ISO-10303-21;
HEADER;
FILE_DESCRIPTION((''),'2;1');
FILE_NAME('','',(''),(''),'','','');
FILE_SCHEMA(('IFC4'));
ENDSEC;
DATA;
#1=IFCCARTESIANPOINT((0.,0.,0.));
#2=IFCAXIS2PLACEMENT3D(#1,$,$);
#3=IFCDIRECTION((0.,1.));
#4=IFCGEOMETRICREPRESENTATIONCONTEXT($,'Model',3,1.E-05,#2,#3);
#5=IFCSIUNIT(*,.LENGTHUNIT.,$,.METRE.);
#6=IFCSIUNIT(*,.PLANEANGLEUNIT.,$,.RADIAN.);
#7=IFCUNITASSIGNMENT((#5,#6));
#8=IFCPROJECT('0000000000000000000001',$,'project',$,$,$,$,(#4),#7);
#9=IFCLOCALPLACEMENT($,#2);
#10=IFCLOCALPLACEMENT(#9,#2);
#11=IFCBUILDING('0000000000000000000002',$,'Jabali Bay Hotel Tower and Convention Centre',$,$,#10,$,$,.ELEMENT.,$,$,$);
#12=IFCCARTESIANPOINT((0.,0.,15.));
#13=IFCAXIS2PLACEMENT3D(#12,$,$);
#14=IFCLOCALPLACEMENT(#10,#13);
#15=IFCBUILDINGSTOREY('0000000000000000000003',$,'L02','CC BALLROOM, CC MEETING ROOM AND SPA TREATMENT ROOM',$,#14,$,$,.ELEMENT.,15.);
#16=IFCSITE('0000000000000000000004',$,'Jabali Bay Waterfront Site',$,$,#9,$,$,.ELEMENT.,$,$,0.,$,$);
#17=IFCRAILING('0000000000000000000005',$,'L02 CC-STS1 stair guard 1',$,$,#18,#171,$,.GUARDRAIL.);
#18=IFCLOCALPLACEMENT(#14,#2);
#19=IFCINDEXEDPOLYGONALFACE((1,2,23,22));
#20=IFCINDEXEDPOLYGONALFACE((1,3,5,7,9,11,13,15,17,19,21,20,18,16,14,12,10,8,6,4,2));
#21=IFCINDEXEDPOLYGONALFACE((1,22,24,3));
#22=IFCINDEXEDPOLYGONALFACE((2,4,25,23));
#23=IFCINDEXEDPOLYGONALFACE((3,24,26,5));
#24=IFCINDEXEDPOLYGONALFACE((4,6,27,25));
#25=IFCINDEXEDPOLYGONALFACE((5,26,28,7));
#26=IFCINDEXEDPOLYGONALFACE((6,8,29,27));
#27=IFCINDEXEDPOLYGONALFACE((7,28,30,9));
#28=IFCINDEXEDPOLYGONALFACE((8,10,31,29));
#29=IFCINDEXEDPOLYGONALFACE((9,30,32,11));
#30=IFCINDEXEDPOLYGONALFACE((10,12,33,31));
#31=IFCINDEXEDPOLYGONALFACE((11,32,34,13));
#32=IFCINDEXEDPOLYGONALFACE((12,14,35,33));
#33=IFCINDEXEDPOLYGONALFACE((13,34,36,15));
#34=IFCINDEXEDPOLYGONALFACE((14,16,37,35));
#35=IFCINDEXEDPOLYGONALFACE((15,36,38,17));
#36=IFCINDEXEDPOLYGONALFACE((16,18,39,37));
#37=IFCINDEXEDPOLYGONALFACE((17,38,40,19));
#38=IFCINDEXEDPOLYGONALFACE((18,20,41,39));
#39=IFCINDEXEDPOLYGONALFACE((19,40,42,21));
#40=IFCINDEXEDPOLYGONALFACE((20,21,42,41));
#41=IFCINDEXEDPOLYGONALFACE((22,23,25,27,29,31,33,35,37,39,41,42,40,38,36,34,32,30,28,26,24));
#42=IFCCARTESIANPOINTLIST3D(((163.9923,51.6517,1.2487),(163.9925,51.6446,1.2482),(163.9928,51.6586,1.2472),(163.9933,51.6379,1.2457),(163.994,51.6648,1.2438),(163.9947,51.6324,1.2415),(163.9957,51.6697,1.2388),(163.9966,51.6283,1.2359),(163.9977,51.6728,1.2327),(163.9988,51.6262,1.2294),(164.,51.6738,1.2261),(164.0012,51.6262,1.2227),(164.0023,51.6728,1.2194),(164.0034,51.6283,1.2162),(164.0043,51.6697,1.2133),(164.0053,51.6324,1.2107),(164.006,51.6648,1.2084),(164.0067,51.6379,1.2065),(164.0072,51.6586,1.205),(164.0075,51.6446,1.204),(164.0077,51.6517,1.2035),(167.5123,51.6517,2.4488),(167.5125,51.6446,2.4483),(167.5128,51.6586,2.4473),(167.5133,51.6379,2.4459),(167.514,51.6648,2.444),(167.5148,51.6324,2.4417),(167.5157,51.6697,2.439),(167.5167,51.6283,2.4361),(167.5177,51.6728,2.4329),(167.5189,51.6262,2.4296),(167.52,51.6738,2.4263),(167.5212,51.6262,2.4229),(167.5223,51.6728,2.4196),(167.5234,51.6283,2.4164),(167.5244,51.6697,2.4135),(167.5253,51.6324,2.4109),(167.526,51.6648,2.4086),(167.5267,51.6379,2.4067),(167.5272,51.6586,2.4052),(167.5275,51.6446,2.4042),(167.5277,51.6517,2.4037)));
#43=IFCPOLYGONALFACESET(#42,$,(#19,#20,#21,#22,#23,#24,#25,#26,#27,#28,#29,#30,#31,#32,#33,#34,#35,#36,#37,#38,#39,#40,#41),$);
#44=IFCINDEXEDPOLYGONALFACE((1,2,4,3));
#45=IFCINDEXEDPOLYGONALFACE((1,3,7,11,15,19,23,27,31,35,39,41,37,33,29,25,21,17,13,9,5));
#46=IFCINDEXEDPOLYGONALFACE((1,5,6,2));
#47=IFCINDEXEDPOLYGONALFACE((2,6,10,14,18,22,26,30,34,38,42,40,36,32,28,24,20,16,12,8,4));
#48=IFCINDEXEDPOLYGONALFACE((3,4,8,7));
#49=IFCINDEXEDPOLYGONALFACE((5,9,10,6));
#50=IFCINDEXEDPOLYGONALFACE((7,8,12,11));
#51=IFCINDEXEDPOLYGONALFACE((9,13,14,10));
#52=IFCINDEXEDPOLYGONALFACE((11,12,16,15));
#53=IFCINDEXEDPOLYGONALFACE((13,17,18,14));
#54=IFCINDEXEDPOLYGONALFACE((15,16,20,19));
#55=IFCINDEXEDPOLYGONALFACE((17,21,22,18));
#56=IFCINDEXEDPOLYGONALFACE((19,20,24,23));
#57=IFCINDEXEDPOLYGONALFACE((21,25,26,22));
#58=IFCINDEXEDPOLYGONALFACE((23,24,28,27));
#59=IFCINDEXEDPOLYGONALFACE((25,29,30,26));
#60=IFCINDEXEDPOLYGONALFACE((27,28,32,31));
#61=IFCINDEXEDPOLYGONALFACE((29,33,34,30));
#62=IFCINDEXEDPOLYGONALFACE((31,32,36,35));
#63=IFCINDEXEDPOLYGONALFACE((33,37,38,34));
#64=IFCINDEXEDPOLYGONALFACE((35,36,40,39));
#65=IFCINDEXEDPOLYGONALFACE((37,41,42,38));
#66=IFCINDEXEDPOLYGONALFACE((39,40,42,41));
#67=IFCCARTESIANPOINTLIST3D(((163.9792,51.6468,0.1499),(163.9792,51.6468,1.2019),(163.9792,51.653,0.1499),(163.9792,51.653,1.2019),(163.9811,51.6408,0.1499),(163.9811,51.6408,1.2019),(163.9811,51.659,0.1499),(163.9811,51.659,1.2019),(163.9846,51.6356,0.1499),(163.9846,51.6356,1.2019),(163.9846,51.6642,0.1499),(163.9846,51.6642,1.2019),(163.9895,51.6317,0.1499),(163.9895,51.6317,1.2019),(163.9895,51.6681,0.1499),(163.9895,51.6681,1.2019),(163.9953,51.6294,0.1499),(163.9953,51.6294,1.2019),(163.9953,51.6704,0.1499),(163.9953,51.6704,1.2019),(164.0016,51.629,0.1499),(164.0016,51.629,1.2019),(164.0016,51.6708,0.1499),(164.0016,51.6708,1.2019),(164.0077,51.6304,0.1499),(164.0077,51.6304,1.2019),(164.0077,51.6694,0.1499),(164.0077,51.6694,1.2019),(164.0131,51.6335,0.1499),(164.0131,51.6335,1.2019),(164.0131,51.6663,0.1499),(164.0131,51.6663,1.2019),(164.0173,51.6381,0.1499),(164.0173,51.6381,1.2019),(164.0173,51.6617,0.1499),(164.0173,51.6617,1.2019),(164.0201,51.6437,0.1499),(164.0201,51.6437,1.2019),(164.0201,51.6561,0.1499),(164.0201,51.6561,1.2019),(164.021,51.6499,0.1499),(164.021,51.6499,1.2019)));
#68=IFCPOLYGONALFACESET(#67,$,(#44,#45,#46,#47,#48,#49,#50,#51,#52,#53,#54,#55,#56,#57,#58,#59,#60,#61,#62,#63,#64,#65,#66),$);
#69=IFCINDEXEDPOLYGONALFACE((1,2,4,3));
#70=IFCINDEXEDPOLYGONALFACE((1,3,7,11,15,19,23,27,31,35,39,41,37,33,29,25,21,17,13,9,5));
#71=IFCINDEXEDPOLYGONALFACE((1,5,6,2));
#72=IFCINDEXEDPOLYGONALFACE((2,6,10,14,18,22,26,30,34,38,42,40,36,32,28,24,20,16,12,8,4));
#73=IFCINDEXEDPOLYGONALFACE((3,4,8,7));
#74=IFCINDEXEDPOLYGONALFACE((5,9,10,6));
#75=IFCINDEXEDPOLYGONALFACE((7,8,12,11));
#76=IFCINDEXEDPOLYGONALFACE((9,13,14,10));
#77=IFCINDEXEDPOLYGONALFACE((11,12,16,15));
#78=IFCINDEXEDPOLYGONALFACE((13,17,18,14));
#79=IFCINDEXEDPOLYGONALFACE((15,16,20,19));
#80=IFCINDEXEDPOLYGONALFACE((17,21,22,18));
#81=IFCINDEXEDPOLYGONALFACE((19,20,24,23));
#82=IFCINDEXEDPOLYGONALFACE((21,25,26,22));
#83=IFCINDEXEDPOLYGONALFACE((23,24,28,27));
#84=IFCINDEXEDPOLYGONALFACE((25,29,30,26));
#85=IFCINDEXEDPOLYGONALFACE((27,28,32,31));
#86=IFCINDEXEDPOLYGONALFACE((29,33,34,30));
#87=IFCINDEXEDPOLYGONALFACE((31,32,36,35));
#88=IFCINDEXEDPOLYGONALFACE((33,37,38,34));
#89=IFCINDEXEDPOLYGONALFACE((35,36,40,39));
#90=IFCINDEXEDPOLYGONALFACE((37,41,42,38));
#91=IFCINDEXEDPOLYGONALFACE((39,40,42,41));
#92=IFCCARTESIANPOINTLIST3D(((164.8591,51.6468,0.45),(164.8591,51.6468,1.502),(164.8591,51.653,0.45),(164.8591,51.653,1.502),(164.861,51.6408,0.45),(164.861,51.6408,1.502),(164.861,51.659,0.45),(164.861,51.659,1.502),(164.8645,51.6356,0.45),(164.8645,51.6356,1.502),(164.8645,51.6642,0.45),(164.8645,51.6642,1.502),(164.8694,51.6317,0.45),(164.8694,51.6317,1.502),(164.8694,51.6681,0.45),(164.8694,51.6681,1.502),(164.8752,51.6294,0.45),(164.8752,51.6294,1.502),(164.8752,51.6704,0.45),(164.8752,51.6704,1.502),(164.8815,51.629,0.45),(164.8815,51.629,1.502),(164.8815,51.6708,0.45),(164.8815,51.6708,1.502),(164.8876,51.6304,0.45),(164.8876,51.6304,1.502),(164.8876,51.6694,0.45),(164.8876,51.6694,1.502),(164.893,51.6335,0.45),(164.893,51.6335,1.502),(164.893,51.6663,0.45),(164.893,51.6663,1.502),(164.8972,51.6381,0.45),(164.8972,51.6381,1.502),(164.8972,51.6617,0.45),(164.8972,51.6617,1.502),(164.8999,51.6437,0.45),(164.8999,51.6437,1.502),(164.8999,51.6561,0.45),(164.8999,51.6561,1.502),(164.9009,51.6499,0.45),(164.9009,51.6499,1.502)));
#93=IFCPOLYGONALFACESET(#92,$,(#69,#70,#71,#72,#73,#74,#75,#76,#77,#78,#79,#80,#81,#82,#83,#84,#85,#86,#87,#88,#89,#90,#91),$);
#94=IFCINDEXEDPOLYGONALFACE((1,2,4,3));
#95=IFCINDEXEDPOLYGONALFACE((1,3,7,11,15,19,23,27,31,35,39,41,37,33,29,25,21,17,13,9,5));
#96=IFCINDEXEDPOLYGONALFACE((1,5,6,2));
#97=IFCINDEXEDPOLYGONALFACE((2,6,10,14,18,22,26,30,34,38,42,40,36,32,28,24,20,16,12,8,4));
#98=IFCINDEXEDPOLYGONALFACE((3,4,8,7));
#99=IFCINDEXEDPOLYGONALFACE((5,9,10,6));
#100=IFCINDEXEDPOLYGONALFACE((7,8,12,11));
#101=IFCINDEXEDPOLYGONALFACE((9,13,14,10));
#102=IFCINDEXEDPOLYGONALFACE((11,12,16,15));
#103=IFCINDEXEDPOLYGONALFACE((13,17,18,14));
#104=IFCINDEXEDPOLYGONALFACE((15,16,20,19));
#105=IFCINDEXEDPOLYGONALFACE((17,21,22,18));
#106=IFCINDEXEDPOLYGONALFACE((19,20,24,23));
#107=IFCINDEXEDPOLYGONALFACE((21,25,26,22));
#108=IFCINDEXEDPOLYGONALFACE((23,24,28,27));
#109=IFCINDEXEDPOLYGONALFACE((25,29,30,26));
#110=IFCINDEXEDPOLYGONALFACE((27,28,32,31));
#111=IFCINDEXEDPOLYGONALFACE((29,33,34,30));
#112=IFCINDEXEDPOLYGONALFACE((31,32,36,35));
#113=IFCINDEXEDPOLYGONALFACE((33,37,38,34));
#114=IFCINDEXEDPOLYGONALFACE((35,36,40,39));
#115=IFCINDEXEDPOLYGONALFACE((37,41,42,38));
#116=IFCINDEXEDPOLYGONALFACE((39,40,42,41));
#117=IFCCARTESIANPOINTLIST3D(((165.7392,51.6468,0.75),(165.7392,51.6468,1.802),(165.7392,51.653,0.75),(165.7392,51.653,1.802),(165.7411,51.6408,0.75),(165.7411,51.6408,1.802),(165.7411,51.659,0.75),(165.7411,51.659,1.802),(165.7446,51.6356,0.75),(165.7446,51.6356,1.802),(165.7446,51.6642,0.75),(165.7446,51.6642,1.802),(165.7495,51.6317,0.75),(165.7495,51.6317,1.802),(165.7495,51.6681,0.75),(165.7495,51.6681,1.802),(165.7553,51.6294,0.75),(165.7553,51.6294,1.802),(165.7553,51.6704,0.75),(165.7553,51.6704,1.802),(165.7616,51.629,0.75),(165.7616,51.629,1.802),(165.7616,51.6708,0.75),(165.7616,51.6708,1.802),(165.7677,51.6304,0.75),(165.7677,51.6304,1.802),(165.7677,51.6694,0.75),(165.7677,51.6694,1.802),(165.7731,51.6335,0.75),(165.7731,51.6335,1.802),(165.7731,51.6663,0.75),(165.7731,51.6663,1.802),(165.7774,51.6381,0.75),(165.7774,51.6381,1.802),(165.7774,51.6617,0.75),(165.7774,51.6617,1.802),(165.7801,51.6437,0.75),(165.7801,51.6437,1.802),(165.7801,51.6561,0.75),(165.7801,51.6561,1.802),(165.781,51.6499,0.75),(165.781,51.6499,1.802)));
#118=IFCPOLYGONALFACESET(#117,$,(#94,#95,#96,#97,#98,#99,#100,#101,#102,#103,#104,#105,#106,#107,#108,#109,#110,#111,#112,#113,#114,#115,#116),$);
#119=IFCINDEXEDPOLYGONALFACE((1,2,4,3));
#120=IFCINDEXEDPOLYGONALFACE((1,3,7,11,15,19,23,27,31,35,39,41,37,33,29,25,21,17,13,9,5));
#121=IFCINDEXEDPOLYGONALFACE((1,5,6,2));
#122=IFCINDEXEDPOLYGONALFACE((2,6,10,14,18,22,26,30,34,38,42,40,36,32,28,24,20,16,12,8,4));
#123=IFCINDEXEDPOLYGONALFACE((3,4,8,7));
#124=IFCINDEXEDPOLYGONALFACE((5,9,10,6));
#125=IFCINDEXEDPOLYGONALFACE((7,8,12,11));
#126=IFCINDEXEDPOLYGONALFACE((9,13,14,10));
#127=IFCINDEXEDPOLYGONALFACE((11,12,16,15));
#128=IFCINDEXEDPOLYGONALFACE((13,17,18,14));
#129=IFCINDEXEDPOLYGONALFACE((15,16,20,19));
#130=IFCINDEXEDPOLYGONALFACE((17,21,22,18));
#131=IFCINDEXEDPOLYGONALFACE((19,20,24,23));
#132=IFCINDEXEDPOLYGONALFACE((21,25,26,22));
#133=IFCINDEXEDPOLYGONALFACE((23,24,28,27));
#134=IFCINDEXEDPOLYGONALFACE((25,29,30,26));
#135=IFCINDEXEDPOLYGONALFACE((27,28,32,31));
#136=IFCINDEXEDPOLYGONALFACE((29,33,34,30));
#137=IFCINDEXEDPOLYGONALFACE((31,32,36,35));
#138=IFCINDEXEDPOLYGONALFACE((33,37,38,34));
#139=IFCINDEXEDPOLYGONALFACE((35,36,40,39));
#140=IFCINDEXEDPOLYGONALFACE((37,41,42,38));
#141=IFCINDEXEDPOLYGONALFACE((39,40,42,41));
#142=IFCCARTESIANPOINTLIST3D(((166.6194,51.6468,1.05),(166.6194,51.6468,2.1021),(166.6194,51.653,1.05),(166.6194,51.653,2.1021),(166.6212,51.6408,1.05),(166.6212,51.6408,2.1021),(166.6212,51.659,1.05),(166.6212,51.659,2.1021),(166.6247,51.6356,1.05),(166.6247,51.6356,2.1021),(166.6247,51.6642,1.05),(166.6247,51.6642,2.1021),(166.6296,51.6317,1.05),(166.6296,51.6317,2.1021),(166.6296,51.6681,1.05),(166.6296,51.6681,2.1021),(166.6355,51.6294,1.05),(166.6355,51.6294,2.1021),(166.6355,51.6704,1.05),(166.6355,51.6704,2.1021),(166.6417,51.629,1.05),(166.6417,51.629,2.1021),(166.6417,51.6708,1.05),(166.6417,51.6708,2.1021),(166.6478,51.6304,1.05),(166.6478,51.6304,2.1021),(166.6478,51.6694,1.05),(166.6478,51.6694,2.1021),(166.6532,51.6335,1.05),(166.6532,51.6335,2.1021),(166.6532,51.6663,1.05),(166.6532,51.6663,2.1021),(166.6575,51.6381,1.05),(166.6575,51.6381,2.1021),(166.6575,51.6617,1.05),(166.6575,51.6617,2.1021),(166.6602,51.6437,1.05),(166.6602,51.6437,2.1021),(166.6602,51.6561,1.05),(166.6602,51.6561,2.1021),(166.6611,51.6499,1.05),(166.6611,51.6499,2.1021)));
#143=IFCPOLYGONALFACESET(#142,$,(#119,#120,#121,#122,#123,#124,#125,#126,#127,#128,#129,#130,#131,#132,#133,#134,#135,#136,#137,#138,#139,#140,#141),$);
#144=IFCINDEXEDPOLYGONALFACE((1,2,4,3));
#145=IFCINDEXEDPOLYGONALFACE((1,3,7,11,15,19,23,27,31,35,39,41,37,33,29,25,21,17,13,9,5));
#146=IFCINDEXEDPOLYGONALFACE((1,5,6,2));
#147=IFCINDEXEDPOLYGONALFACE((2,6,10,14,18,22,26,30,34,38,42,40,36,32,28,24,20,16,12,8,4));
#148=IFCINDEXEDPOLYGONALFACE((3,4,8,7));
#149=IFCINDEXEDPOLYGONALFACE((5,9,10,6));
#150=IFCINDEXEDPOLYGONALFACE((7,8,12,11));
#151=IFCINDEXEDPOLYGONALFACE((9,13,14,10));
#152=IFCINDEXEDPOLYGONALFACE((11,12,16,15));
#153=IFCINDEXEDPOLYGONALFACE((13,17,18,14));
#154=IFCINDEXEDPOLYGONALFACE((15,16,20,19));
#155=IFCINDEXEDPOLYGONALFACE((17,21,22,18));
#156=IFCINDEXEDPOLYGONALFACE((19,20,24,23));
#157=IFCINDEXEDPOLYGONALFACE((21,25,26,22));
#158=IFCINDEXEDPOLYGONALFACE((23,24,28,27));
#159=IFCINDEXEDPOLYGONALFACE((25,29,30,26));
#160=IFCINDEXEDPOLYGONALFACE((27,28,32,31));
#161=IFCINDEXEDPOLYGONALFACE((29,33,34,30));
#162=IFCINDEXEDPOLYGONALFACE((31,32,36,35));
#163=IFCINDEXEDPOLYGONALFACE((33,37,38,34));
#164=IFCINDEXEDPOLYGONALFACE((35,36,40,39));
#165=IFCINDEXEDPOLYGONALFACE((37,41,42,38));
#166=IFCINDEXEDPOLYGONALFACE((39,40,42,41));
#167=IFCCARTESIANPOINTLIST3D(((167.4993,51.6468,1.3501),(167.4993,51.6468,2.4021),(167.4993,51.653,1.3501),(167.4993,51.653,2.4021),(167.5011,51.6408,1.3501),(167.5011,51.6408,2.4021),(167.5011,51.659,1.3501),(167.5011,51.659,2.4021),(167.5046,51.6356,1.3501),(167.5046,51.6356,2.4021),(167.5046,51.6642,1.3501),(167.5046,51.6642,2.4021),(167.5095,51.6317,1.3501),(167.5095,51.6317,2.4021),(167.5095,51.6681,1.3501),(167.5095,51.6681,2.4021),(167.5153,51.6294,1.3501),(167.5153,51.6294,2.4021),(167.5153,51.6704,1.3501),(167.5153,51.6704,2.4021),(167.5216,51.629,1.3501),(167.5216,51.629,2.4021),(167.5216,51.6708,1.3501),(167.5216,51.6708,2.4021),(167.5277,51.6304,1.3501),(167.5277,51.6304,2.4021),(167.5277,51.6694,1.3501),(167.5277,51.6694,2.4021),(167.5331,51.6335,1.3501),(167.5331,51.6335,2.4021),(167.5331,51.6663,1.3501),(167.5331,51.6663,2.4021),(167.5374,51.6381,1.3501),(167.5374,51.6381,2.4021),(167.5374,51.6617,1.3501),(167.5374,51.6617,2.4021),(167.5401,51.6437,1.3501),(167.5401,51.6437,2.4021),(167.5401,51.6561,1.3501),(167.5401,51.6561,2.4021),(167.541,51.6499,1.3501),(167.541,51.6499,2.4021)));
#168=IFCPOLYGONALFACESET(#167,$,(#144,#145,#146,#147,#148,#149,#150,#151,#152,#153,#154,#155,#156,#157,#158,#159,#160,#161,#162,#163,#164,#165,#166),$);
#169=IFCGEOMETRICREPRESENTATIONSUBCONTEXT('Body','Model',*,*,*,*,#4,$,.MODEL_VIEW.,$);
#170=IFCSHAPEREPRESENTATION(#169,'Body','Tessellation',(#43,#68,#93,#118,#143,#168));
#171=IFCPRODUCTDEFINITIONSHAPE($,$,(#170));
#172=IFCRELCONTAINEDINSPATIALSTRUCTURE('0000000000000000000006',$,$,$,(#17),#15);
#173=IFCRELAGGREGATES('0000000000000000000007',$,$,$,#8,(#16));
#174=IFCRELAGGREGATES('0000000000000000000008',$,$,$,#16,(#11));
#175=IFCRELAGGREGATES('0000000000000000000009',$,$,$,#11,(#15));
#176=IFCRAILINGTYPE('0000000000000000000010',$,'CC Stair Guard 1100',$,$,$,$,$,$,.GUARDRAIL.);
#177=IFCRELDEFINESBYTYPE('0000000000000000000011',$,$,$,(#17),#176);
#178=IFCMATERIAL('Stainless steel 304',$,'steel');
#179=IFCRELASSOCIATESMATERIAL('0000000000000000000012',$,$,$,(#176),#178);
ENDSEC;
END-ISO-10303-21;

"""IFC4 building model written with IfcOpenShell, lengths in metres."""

from ifc_helpers import new_model, si_unit, direction, frame, origin, origin_2d, place, context, subcontext, project, spatial, circle, extrude, material, type_object, element, save


model = new_model("IFC4")

# Units and contexts
model_context = context("Model", 3, precision=1e-05, world=origin(), true_north=direction((0.0, 1.0)))
body_context = subcontext(model_context, "Body", "Model", "MODEL_VIEW")
ifc_project = project(units=[si_unit("LENGTHUNIT", "METRE"), si_unit("PLANEANGLEUNIT", "RADIAN")], contexts=[model_context])

# Site, building, storey
site_placement = place(None, origin())
site = spatial("IfcSite", under=ifc_project, at=site_placement, Name="Jabali Bay Waterfront Site", CompositionType="ELEMENT", RefElevation=0.0)
building_placement = place(site_placement, origin())
building = spatial("IfcBuilding", under=site, at=building_placement, Name="Jabali Bay Hotel Tower and Convention Centre", CompositionType="ELEMENT")
storey_placement = place(building_placement, frame((0.0, 0.0, 15.0)))
storey = spatial("IfcBuildingStorey", under=building, at=storey_placement, Name="L02", Description="CC BALLROOM, CC MEETING ROOM AND SPA TREATMENT ROOM", CompositionType="ELEMENT", Elevation=15.0)

# Railing
ifc_material_1 = material(Name="Stainless steel 304", Category="steel")
railing_type_1 = type_object("IfcRailingType", Name="CC Stair Guard 1100", PredefinedType="GUARDRAIL", material=ifc_material_1)
railing_1_placement = place(storey_placement, frame((164.0, 51.6499, 0.1499)))
element("IfcRailing", 1, at=railing_1_placement, inside=storey, type_object=railing_type_1, Name="L02 CC-STS1 stair guard 1", PredefinedType="GUARDRAIL", context=body_context, shape_type="SweptSolid", body=[
    extrude(circle(Radius=0.0239, at=origin_2d()), frame((0.0, 0.0, 1.0762), z_axis=(0.946495, 0.0, 0.322719), x_axis=(0.0, 1.0, 0.0)), (0.0, 0.0, 1.0), 3.719),
    extrude(circle(Radius=0.021, at=origin_2d()), origin(), (0.0, 0.0, 1.0), 1.052),
    extrude(circle(Radius=0.021, at=origin_2d()), frame((0.8799, 0.0, 0.3)), (0.0, 0.0, 1.0), 1.052),
    extrude(circle(Radius=0.021, at=origin_2d()), frame((1.76, 0.0, 0.6001)), (0.0, 0.0, 1.0), 1.052),
    extrude(circle(Radius=0.021, at=origin_2d()), frame((2.6401, 0.0, 0.9001)), (0.0, 0.0, 1.0), 1.052),
    extrude(circle(Radius=0.021, at=origin_2d()), frame((3.52, 0.0, 1.2002)), (0.0, 0.0, 1.0), 1.052),
])

save(model, "model.ifc")
